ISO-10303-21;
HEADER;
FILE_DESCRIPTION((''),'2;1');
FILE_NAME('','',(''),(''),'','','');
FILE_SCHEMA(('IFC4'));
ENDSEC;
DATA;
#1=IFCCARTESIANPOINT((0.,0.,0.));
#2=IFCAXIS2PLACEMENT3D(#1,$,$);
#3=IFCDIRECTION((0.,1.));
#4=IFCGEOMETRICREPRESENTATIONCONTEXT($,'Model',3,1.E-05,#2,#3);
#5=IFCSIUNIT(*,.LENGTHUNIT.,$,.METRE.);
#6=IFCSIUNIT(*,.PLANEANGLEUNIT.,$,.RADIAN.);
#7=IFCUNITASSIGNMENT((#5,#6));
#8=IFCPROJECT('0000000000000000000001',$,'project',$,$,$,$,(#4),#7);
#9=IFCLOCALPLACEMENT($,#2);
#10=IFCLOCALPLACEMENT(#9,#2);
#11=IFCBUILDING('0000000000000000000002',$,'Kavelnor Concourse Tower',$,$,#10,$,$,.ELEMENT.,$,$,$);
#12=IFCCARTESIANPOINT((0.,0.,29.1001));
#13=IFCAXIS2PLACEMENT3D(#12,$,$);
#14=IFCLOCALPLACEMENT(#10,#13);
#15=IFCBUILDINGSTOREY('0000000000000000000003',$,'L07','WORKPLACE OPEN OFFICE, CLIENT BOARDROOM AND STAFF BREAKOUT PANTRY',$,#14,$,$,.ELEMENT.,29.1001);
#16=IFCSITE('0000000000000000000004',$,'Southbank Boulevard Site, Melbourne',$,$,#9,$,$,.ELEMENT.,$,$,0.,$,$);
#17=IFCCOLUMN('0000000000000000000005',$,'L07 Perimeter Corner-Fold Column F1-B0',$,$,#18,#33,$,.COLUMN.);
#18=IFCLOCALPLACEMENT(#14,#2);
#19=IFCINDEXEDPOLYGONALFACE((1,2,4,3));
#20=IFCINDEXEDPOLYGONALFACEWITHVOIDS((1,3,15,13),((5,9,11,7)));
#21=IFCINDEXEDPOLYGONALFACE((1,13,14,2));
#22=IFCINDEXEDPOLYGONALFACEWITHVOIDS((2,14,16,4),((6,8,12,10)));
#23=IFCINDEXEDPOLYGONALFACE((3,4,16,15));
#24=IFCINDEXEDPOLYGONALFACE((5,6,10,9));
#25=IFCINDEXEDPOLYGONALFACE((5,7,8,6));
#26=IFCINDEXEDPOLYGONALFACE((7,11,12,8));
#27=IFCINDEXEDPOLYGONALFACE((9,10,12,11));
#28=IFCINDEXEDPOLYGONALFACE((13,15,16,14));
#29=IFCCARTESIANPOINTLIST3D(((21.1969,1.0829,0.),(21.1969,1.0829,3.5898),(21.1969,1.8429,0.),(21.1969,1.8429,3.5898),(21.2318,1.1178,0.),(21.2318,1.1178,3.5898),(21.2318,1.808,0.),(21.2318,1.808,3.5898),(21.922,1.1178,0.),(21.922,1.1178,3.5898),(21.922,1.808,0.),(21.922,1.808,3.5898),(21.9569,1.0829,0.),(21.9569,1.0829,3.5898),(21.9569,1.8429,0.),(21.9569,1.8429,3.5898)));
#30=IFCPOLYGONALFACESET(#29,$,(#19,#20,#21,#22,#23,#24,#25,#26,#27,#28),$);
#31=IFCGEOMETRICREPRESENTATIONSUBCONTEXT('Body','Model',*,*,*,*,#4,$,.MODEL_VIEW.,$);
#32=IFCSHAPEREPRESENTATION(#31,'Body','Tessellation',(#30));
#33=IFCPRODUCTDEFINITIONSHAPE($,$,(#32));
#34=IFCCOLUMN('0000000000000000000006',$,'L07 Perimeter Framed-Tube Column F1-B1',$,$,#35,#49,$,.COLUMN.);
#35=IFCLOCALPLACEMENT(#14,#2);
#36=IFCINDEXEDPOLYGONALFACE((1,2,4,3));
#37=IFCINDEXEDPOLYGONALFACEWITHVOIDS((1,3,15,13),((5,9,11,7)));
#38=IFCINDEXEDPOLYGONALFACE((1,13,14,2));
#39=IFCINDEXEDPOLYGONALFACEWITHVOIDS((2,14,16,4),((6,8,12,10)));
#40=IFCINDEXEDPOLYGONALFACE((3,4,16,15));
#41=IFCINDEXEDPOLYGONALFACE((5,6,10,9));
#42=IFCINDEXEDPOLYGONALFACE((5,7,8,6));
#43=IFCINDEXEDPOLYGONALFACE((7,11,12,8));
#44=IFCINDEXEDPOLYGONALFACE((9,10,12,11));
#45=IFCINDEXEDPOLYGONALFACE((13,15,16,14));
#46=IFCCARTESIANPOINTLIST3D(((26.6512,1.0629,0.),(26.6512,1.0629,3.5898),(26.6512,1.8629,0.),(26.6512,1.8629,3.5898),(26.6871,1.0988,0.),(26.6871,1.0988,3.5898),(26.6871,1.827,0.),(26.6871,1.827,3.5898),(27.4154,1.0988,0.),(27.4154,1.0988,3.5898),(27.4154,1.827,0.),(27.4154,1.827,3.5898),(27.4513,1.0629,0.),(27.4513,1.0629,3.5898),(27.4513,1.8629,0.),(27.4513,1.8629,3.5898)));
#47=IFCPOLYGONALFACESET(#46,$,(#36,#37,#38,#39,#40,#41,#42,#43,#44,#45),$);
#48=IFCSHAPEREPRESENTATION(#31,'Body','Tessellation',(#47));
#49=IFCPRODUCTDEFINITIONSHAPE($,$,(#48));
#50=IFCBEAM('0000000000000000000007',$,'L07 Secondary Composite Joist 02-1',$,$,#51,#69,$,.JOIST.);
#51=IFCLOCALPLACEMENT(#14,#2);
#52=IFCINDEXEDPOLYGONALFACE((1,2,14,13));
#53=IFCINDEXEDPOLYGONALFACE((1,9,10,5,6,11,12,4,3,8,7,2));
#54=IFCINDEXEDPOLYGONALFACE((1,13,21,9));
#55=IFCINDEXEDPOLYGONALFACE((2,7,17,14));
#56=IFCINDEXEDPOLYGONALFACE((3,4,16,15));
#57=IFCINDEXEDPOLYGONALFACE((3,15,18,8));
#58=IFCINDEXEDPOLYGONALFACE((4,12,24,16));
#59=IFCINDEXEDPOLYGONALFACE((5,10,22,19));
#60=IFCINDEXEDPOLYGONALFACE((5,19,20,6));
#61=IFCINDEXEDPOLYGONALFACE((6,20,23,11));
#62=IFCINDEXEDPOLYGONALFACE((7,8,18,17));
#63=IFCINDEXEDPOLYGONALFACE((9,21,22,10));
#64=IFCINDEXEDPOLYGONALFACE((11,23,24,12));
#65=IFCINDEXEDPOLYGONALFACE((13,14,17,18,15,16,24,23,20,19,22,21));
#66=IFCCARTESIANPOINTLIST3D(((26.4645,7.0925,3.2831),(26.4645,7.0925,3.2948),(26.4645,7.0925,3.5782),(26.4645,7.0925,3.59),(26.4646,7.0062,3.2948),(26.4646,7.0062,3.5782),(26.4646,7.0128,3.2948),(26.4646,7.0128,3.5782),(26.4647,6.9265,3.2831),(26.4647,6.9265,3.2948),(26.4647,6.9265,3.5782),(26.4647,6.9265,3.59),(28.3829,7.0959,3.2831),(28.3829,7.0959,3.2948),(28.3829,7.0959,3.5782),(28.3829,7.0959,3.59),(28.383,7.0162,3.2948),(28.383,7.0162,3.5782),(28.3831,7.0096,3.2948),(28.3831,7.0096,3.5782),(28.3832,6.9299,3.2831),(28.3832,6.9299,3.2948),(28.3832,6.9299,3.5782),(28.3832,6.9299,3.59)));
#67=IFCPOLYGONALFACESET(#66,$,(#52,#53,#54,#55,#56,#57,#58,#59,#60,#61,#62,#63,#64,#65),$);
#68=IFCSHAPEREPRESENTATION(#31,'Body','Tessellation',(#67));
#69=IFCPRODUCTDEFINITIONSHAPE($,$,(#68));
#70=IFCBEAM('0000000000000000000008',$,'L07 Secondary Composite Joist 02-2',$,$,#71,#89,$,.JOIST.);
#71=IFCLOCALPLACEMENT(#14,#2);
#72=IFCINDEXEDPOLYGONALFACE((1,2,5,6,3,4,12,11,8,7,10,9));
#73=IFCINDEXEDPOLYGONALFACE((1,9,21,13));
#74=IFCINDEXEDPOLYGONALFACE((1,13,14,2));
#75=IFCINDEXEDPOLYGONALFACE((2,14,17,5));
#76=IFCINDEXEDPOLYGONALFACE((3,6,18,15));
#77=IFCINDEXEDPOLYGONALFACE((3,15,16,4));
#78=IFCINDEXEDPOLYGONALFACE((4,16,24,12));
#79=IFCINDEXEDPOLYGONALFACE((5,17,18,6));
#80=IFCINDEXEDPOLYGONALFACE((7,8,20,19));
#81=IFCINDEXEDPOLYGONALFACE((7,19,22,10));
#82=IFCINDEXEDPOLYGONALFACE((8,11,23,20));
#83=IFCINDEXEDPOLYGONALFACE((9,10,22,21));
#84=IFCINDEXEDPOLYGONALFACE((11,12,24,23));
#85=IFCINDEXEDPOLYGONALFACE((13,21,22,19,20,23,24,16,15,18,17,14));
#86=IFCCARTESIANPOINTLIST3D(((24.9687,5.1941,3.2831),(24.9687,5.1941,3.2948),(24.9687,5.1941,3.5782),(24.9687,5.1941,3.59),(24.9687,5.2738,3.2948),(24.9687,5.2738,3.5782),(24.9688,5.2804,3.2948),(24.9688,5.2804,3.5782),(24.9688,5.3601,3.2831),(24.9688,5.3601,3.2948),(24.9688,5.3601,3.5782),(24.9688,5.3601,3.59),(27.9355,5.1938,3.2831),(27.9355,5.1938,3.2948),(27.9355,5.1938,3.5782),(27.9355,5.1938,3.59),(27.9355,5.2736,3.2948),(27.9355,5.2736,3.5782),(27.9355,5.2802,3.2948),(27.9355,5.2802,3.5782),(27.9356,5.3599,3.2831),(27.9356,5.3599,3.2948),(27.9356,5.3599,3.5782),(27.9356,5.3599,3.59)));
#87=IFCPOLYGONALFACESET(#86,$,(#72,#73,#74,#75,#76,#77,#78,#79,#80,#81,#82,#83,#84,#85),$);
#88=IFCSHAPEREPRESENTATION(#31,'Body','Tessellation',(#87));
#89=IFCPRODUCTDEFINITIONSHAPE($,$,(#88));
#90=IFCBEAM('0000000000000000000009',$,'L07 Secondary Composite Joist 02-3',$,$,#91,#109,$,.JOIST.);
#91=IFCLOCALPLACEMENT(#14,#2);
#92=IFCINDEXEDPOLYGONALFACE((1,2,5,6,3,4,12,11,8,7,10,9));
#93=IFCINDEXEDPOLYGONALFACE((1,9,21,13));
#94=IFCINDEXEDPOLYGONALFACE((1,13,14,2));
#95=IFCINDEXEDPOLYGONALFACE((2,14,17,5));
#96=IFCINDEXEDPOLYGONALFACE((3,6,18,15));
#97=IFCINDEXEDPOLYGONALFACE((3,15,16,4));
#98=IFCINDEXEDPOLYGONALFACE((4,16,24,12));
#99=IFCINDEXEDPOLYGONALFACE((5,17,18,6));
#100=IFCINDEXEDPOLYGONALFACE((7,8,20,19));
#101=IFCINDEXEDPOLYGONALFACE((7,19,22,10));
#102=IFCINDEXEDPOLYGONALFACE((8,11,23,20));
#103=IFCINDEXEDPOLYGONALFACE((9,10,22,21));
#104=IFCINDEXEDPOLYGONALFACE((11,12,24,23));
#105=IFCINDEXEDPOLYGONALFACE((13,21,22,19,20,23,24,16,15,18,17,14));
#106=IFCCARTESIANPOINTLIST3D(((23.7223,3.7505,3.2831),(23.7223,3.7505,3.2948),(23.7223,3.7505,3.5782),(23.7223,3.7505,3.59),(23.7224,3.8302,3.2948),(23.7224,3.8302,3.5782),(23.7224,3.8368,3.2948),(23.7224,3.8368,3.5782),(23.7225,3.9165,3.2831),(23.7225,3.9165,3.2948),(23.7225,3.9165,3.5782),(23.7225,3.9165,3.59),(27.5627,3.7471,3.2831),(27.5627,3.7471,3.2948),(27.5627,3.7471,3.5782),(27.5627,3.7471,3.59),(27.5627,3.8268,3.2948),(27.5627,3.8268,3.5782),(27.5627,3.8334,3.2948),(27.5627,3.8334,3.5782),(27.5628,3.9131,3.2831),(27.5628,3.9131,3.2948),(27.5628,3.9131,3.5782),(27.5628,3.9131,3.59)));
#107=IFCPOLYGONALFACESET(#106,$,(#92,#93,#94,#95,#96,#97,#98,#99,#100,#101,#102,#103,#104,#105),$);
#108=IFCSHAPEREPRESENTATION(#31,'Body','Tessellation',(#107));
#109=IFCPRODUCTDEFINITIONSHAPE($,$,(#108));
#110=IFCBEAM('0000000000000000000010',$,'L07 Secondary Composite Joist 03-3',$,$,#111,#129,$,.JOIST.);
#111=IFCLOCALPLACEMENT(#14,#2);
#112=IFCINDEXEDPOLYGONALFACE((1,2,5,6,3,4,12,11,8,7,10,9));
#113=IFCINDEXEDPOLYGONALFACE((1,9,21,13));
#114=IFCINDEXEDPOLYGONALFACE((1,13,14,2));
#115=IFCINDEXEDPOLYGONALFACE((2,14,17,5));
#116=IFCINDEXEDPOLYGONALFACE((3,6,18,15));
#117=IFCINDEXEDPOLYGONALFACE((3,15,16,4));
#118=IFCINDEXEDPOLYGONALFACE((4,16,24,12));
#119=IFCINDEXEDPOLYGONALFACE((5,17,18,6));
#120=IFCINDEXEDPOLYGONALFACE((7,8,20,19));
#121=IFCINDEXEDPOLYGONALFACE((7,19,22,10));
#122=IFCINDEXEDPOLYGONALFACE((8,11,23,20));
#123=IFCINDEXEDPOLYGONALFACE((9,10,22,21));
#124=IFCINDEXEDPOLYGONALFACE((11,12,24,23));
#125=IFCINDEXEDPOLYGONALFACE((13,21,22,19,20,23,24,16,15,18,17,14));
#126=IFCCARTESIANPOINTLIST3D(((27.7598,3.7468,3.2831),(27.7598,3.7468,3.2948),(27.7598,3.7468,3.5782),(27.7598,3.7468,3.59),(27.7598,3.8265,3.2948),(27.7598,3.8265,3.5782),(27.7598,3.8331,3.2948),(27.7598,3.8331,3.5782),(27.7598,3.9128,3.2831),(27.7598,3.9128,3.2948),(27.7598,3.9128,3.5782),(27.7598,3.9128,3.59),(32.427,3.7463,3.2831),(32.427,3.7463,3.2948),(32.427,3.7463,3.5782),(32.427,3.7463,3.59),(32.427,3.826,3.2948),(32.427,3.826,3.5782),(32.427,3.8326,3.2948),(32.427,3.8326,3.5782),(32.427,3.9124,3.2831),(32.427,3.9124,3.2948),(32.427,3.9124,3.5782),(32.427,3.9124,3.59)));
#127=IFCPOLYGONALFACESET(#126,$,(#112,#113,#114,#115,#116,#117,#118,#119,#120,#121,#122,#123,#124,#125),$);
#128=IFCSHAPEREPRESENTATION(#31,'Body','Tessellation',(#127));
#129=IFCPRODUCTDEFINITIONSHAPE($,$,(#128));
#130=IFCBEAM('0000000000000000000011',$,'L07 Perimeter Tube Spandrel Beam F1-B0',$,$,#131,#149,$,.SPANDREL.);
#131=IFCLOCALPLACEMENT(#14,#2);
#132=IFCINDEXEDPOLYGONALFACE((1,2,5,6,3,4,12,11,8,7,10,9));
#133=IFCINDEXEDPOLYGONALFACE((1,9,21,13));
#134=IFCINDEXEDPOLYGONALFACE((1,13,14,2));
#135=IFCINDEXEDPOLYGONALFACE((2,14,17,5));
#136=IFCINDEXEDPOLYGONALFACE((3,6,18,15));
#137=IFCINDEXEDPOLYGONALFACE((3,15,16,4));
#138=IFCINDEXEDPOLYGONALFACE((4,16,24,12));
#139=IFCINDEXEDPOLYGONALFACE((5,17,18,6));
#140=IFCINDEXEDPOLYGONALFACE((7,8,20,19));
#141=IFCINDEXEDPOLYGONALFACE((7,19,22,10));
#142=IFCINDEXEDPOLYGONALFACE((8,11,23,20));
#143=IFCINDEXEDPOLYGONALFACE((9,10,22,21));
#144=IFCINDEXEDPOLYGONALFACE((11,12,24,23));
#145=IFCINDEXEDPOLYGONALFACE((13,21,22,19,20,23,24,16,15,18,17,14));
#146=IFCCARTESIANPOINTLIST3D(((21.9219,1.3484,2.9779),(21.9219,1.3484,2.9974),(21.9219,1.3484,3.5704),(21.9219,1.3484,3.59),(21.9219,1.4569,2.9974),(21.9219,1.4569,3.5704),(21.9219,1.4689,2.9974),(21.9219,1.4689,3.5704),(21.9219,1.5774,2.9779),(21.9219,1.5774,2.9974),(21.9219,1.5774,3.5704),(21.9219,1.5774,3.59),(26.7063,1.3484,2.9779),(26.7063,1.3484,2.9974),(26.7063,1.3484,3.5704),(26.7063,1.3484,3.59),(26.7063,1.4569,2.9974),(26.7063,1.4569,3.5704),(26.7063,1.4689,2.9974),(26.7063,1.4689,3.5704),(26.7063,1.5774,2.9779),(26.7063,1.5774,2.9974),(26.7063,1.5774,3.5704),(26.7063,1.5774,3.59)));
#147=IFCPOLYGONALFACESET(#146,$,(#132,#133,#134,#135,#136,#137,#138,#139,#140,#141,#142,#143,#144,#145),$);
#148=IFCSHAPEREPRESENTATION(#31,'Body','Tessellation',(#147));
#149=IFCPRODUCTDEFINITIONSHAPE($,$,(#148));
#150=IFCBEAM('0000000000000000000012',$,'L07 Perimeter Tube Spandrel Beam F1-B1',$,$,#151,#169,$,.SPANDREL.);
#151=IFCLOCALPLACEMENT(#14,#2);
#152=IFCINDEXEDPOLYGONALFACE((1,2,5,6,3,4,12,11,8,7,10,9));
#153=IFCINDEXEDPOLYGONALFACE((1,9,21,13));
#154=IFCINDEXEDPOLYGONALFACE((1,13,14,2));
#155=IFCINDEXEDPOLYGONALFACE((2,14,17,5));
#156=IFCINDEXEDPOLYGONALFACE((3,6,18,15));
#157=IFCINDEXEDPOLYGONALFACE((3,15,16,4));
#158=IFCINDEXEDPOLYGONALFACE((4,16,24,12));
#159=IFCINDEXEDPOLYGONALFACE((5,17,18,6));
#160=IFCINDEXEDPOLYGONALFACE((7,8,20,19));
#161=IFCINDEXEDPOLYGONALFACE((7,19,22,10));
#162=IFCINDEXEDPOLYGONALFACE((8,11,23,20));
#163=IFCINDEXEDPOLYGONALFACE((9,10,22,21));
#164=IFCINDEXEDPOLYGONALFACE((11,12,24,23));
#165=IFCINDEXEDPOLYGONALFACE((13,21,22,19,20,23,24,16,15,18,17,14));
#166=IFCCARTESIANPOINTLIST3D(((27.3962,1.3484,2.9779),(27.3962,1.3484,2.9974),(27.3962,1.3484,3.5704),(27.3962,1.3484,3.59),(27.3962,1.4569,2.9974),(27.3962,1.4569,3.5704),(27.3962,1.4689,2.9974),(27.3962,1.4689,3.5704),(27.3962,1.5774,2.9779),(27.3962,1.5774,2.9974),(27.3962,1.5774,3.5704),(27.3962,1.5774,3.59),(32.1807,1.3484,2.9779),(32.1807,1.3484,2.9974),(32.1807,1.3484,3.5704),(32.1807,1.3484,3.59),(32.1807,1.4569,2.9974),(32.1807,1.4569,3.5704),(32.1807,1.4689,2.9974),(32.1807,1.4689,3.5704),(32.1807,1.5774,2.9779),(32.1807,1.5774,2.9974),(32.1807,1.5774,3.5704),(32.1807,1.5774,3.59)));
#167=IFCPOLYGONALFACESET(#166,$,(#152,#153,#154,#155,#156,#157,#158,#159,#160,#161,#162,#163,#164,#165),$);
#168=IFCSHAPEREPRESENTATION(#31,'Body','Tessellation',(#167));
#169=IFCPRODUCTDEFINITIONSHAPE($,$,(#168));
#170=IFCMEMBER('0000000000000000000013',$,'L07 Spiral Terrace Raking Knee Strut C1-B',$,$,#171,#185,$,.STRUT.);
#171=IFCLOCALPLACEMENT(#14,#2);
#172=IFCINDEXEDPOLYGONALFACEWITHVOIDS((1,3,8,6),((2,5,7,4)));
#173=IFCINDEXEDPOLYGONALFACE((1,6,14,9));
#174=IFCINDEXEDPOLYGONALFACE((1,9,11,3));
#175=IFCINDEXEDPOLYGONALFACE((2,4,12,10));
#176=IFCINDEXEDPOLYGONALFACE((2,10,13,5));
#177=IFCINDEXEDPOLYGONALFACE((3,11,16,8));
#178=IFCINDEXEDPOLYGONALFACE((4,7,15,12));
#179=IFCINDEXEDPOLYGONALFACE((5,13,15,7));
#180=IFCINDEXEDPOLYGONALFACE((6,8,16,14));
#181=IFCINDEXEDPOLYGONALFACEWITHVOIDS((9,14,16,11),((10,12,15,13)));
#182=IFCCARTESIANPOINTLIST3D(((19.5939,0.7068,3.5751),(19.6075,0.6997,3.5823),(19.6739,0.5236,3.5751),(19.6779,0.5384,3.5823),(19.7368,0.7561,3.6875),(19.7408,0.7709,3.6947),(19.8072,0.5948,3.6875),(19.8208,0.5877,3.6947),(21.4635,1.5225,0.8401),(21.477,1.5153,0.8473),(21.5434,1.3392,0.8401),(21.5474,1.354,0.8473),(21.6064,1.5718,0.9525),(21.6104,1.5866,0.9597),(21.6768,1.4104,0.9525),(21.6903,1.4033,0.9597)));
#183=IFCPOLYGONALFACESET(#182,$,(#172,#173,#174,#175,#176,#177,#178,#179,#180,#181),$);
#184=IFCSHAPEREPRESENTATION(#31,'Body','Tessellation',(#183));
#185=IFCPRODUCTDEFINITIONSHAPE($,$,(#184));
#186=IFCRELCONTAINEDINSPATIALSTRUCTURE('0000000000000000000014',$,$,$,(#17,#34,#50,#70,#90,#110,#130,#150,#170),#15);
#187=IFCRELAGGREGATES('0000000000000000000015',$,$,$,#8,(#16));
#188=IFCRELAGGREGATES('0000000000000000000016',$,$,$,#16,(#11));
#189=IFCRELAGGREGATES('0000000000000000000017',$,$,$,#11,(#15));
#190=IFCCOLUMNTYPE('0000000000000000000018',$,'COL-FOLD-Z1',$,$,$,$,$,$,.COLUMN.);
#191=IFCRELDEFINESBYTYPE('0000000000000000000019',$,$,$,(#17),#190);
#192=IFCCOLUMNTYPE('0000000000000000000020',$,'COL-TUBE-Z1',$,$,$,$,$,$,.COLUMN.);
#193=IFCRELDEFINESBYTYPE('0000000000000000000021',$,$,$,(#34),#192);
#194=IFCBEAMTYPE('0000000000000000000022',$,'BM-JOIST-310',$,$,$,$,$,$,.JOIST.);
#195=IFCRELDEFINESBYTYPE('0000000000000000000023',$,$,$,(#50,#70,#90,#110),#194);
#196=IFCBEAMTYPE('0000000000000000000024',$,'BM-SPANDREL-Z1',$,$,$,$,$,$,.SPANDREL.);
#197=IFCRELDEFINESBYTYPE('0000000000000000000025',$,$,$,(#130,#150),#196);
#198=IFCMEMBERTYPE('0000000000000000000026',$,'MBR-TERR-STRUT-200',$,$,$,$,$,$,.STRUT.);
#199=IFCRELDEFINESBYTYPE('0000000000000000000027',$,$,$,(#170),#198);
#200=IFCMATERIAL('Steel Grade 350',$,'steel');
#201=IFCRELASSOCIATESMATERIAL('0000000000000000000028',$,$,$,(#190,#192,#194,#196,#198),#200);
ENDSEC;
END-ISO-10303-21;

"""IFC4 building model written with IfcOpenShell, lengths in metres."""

from ifc_helpers import new_model, si_unit, direction, frame, origin, origin_2d, place, context, subcontext, project, spatial, hollow_rectangle, i_section, extrude, material, material_profile, profile_set, type_object, element, save


model = new_model("IFC4")

# Units and contexts
model_context = context("Model", 3, precision=1e-05, world=origin(), true_north=direction((0.0, 1.0)))
body_context = subcontext(model_context, "Body", "Model", "MODEL_VIEW")
ifc_project = project(units=[si_unit("LENGTHUNIT", "METRE"), si_unit("PLANEANGLEUNIT", "RADIAN")], contexts=[model_context])

# Site, building, storey
site_placement = place(None, origin())
site = spatial("IfcSite", under=ifc_project, at=site_placement, Name="Southbank Boulevard Site, Melbourne", CompositionType="ELEMENT", RefElevation=0.0)
building_placement = place(site_placement, origin())
building = spatial("IfcBuilding", under=site, at=building_placement, Name="Kavelnor Concourse Tower", CompositionType="ELEMENT")
storey_placement = place(building_placement, frame((0.0, 0.0, 29.1001)))
storey = spatial("IfcBuildingStorey", under=building, at=storey_placement, Name="L07", Description="WORKPLACE OPEN OFFICE, CLIENT BOARDROOM AND STAFF BREAKOUT PANTRY", CompositionType="ELEMENT", Elevation=29.1001)

# Columns
ifc_material_1 = material(Name="Steel Grade 350", Category="steel")
ifc_material_profile_1 = material_profile(ifc_material_1, hollow_rectangle(XDim=0.76, YDim=0.76, WallThickness=0.0349, at=origin_2d()), Name="SHS 760x760x35")
ifc_profile_set_1 = profile_set([ifc_material_profile_1], Name="Steel Grade 350")
column_type_1 = type_object("IfcColumnType", Name="COL-FOLD-Z1", PredefinedType="COLUMN", material=ifc_profile_set_1)
column_1_placement = place(storey_placement, frame((21.5769, 1.4629, 0.0), z_axis=(0.0, 0.0, 1.0), x_axis=(1.0, 0.0, 0.0)))
element("IfcColumn", 1, at=column_1_placement, inside=storey, type_object=column_type_1, Name="L07 Perimeter Corner-Fold Column F1-B0", PredefinedType="COLUMN", context=body_context, shape_type="SweptSolid", body=[
    extrude(hollow_rectangle(XDim=0.76, YDim=0.76, WallThickness=0.0349, at=origin_2d()), origin(), (0.0, 0.0, 1.0), 3.5898),
])
ifc_material_profile_2 = material_profile(ifc_material_1, hollow_rectangle(XDim=0.8, YDim=0.8, WallThickness=0.0359, at=origin_2d()), Name="SHS 800x800x36")
ifc_profile_set_2 = profile_set([ifc_material_profile_2], Name="Steel Grade 350")
column_type_2 = type_object("IfcColumnType", Name="COL-TUBE-Z1", PredefinedType="COLUMN", material=ifc_profile_set_2)
column_2_placement = place(storey_placement, frame((27.0513, 1.4629, 0.0), z_axis=(0.0, 0.0, 1.0), x_axis=(1.0, 0.0, 0.0)))
element("IfcColumn", 2, at=column_2_placement, inside=storey, type_object=column_type_2, Name="L07 Perimeter Framed-Tube Column F1-B1", PredefinedType="COLUMN", context=body_context, shape_type="SweptSolid", body=[
    extrude(hollow_rectangle(XDim=0.8, YDim=0.8, WallThickness=0.0359, at=origin_2d()), origin(), (0.0, 0.0, 1.0), 3.5898),
])

# Beams
ifc_material_profile_3 = material_profile(ifc_material_1, i_section(OverallWidth=0.166, OverallDepth=0.3069, WebThickness=0.0066, FlangeThickness=0.0117, at=origin_2d()), Name="310UB46")
ifc_profile_set_3 = profile_set([ifc_material_profile_3], Name="Steel Grade 350")
beam_type_1 = type_object("IfcBeamType", Name="BM-JOIST-310", PredefinedType="JOIST", material=ifc_profile_set_3)
beam_1_placement = place(storey_placement, frame((26.4646, 7.0095, 3.4365), z_axis=(0.999998, 0.001782, 0.0), x_axis=(-0.001782, 0.999998, 0.0)))
element("IfcBeam", 3, at=beam_1_placement, inside=storey, type_object=beam_type_1, Name="L07 Secondary Composite Joist 02-1", PredefinedType="JOIST", context=body_context, shape_type="SweptSolid", body=[
    extrude(i_section(OverallWidth=0.166, OverallDepth=0.3069, WebThickness=0.0066, FlangeThickness=0.0117, at=origin_2d()), origin(), (0.0, 0.0, 1.0), 1.9185),
])
beam_2_placement = place(storey_placement, frame((24.9688, 5.2771, 3.4365), z_axis=(1.0, -0.000082, 0.0), x_axis=(0.000082, 1.0, 0.0)))
element("IfcBeam", 4, at=beam_2_placement, inside=storey, type_object=beam_type_1, Name="L07 Secondary Composite Joist 02-2", PredefinedType="JOIST", context=body_context, shape_type="SweptSolid", body=[
    extrude(i_section(OverallWidth=0.166, OverallDepth=0.3069, WebThickness=0.0066, FlangeThickness=0.0117, at=origin_2d()), origin(), (0.0, 0.0, 1.0), 2.9668),
])
beam_3_placement = place(storey_placement, frame((23.7224, 3.8335, 3.4365), z_axis=(1.0, -0.00089, 0.0), x_axis=(0.00089, 1.0, 0.0)))
element("IfcBeam", 5, at=beam_3_placement, inside=storey, type_object=beam_type_1, Name="L07 Secondary Composite Joist 02-3", PredefinedType="JOIST", context=body_context, shape_type="SweptSolid", body=[
    extrude(i_section(OverallWidth=0.166, OverallDepth=0.3069, WebThickness=0.0066, FlangeThickness=0.0117, at=origin_2d()), origin(), (0.0, 0.0, 1.0), 3.8403),
])
beam_4_placement = place(storey_placement, frame((27.7598, 3.8298, 3.4365), z_axis=(1.0, -0.000105, 0.0), x_axis=(0.000105, 1.0, 0.0)))
element("IfcBeam", 6, at=beam_4_placement, inside=storey, type_object=beam_type_1, Name="L07 Secondary Composite Joist 03-3", PredefinedType="JOIST", context=body_context, shape_type="SweptSolid", body=[
    extrude(i_section(OverallWidth=0.166, OverallDepth=0.3069, WebThickness=0.0066, FlangeThickness=0.0117, at=origin_2d()), origin(), (0.0, 0.0, 1.0), 4.6672),
])
ifc_material_profile_4 = material_profile(ifc_material_1, i_section(OverallWidth=0.229, OverallDepth=0.6121, WebThickness=0.012, FlangeThickness=0.0195, at=origin_2d()), Name="610UB125")
ifc_profile_set_4 = profile_set([ifc_material_profile_4], Name="Steel Grade 350")
beam_type_2 = type_object("IfcBeamType", Name="BM-SPANDREL-Z1", PredefinedType="SPANDREL", material=ifc_profile_set_4)
for number, where, z_axis, x_axis, name in (
    (7, (21.9219, 1.4629, 3.2839), (1.0, 0.0, 0.0), (0.0, 1.0, 0.0), "L07 Perimeter Tube Spandrel Beam F1-B0"),
    (8, (27.3962, 1.4629, 3.2839), (1.0, 0.0, 0.0), (0.0, 1.0, 0.0), "L07 Perimeter Tube Spandrel Beam F1-B1"),
):
    element("IfcBeam", number, at=place(storey_placement, frame(where, z_axis=z_axis, x_axis=x_axis)), inside=storey, type_object=beam_type_2, Name=name, PredefinedType="SPANDREL", context=body_context, shape_type="SweptSolid", body=[
        extrude(i_section(OverallWidth=0.229, OverallDepth=0.6121, WebThickness=0.012, FlangeThickness=0.0195, at=origin_2d()), origin(), (0.0, 0.0, 1.0), 4.7844),
    ])

# Member
ifc_material_profile_5 = material_profile(ifc_material_1, hollow_rectangle(XDim=0.2, YDim=0.2, WallThickness=0.012, at=origin_2d()), Name="SHS 200x200x12")
ifc_profile_set_5 = profile_set([ifc_material_profile_5], Name="Steel Grade 350")
member_type = type_object("IfcMemberType", Name="MBR-TERR-STRUT-200", PredefinedType="STRUT", material=ifc_profile_set_5)
member_placement = place(storey_placement, frame((21.5769, 1.4629, 0.8999), z_axis=(-0.547959, -0.239061, 0.801617), x_axis=(0.399877, -0.916569, 0.0)))
element("IfcMember", 9, at=member_placement, inside=storey, type_object=member_type, Name="L07 Spiral Terrace Raking Knee Strut C1-B", PredefinedType="STRUT", context=body_context, shape_type="SweptSolid", body=[
    extrude(hollow_rectangle(XDim=0.2, YDim=0.2, WallThickness=0.012, at=origin_2d()), origin(), (0.0, 0.0, 1.0), 3.4119),
])

save(model, "model.ifc")
